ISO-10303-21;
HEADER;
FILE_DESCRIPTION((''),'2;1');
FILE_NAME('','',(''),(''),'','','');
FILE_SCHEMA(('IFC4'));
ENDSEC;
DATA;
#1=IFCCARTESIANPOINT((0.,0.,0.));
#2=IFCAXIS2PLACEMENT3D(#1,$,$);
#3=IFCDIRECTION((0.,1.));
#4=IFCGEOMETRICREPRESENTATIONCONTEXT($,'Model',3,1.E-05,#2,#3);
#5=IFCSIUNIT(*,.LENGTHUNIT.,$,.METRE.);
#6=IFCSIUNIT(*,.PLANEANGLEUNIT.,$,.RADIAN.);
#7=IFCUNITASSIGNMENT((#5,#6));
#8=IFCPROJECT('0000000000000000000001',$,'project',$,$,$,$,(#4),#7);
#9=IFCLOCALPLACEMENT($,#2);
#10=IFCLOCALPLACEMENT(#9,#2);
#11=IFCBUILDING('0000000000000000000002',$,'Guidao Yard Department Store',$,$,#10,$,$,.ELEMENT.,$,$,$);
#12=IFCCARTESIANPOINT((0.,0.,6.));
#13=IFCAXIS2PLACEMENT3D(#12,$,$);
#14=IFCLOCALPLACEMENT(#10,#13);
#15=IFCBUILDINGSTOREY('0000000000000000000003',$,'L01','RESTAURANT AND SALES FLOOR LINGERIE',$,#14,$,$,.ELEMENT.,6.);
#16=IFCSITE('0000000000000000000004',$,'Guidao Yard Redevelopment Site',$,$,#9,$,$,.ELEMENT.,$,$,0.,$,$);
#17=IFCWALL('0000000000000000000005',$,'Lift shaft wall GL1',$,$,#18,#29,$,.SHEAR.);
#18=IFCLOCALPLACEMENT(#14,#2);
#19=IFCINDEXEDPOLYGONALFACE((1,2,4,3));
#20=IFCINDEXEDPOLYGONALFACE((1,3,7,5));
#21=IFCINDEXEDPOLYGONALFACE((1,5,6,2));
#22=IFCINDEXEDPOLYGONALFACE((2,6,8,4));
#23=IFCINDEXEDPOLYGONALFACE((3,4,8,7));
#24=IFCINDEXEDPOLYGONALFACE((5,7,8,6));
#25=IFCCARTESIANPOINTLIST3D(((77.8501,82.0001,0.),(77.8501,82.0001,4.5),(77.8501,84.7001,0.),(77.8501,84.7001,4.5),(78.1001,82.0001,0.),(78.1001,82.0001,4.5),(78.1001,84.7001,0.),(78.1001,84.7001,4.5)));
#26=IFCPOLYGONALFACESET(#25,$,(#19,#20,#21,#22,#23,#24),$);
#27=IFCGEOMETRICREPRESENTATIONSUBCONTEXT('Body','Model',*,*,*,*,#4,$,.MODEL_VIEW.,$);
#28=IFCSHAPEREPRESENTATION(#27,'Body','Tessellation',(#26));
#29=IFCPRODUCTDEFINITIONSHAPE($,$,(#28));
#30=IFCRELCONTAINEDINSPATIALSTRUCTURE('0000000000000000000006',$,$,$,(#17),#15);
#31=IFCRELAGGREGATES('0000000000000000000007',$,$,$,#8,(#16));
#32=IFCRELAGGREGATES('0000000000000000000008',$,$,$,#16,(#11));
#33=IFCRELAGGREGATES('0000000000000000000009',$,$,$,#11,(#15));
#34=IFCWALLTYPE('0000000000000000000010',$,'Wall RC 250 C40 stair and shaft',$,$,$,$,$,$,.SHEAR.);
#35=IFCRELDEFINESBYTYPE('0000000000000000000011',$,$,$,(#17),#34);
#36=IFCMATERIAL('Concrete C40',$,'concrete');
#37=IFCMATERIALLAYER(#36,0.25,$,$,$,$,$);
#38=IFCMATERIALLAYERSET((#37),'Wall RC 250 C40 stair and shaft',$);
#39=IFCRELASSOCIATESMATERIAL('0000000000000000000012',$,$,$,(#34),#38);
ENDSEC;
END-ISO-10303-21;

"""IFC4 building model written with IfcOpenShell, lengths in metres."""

from ifc_helpers import new_model, si_unit, direction, frame, frame_2d, origin, place, context, subcontext, project, spatial, rectangle, extrude, material, layer, layer_set, type_object, element, save


model = new_model("IFC4")

# Units and contexts
model_context = context("Model", 3, precision=1e-05, world=origin(), true_north=direction((0.0, 1.0)))
body_context = subcontext(model_context, "Body", "Model", "MODEL_VIEW")
ifc_project = project(units=[si_unit("LENGTHUNIT", "METRE"), si_unit("PLANEANGLEUNIT", "RADIAN")], contexts=[model_context])

# Site, building, storey
site_placement = place(None, origin())
site = spatial("IfcSite", under=ifc_project, at=site_placement, Name="Guidao Yard Redevelopment Site", CompositionType="ELEMENT", RefElevation=0.0)
building_placement = place(site_placement, origin())
building = spatial("IfcBuilding", under=site, at=building_placement, Name="Guidao Yard Department Store", CompositionType="ELEMENT")
storey_placement = place(building_placement, frame((0.0, 0.0, 6.0)))
storey = spatial("IfcBuildingStorey", under=building, at=storey_placement, Name="L01", Description="RESTAURANT AND SALES FLOOR LINGERIE", CompositionType="ELEMENT", Elevation=6.0)

# Shared definitions
ifc_material_1 = material(Name="Concrete C40", Category="concrete")
ifc_layer_1 = layer(ifc_material_1, 0.25)
ifc_layer_set_1 = layer_set([ifc_layer_1], Name="Wall RC 250 C40 stair and shaft")
wall_type_1 = type_object("IfcWallType", Name="Wall RC 250 C40 stair and shaft", PredefinedType="SHEAR", material=ifc_layer_set_1)

# Wall
for number, where, z_axis, x_axis, name in (
    (1, (77.9751, 82.0, 0.0), (0.0, 0.0, 1.0), (0.0, 1.0, 0.0), "Lift shaft wall GL1"),
):
    element("IfcWall", number, at=place(storey_placement, frame(where, z_axis=z_axis, x_axis=x_axis)), inside=storey, type_object=wall_type_1, Name=name, PredefinedType="SHEAR", context=body_context, shape_type="SweptSolid", body=[
        extrude(rectangle(XDim=2.7, YDim=0.25, at=frame_2d((1.3501, 0.0))), origin(), (0.0, 0.0, 1.0), 4.5),
    ])

save(model, "model.ifc")
